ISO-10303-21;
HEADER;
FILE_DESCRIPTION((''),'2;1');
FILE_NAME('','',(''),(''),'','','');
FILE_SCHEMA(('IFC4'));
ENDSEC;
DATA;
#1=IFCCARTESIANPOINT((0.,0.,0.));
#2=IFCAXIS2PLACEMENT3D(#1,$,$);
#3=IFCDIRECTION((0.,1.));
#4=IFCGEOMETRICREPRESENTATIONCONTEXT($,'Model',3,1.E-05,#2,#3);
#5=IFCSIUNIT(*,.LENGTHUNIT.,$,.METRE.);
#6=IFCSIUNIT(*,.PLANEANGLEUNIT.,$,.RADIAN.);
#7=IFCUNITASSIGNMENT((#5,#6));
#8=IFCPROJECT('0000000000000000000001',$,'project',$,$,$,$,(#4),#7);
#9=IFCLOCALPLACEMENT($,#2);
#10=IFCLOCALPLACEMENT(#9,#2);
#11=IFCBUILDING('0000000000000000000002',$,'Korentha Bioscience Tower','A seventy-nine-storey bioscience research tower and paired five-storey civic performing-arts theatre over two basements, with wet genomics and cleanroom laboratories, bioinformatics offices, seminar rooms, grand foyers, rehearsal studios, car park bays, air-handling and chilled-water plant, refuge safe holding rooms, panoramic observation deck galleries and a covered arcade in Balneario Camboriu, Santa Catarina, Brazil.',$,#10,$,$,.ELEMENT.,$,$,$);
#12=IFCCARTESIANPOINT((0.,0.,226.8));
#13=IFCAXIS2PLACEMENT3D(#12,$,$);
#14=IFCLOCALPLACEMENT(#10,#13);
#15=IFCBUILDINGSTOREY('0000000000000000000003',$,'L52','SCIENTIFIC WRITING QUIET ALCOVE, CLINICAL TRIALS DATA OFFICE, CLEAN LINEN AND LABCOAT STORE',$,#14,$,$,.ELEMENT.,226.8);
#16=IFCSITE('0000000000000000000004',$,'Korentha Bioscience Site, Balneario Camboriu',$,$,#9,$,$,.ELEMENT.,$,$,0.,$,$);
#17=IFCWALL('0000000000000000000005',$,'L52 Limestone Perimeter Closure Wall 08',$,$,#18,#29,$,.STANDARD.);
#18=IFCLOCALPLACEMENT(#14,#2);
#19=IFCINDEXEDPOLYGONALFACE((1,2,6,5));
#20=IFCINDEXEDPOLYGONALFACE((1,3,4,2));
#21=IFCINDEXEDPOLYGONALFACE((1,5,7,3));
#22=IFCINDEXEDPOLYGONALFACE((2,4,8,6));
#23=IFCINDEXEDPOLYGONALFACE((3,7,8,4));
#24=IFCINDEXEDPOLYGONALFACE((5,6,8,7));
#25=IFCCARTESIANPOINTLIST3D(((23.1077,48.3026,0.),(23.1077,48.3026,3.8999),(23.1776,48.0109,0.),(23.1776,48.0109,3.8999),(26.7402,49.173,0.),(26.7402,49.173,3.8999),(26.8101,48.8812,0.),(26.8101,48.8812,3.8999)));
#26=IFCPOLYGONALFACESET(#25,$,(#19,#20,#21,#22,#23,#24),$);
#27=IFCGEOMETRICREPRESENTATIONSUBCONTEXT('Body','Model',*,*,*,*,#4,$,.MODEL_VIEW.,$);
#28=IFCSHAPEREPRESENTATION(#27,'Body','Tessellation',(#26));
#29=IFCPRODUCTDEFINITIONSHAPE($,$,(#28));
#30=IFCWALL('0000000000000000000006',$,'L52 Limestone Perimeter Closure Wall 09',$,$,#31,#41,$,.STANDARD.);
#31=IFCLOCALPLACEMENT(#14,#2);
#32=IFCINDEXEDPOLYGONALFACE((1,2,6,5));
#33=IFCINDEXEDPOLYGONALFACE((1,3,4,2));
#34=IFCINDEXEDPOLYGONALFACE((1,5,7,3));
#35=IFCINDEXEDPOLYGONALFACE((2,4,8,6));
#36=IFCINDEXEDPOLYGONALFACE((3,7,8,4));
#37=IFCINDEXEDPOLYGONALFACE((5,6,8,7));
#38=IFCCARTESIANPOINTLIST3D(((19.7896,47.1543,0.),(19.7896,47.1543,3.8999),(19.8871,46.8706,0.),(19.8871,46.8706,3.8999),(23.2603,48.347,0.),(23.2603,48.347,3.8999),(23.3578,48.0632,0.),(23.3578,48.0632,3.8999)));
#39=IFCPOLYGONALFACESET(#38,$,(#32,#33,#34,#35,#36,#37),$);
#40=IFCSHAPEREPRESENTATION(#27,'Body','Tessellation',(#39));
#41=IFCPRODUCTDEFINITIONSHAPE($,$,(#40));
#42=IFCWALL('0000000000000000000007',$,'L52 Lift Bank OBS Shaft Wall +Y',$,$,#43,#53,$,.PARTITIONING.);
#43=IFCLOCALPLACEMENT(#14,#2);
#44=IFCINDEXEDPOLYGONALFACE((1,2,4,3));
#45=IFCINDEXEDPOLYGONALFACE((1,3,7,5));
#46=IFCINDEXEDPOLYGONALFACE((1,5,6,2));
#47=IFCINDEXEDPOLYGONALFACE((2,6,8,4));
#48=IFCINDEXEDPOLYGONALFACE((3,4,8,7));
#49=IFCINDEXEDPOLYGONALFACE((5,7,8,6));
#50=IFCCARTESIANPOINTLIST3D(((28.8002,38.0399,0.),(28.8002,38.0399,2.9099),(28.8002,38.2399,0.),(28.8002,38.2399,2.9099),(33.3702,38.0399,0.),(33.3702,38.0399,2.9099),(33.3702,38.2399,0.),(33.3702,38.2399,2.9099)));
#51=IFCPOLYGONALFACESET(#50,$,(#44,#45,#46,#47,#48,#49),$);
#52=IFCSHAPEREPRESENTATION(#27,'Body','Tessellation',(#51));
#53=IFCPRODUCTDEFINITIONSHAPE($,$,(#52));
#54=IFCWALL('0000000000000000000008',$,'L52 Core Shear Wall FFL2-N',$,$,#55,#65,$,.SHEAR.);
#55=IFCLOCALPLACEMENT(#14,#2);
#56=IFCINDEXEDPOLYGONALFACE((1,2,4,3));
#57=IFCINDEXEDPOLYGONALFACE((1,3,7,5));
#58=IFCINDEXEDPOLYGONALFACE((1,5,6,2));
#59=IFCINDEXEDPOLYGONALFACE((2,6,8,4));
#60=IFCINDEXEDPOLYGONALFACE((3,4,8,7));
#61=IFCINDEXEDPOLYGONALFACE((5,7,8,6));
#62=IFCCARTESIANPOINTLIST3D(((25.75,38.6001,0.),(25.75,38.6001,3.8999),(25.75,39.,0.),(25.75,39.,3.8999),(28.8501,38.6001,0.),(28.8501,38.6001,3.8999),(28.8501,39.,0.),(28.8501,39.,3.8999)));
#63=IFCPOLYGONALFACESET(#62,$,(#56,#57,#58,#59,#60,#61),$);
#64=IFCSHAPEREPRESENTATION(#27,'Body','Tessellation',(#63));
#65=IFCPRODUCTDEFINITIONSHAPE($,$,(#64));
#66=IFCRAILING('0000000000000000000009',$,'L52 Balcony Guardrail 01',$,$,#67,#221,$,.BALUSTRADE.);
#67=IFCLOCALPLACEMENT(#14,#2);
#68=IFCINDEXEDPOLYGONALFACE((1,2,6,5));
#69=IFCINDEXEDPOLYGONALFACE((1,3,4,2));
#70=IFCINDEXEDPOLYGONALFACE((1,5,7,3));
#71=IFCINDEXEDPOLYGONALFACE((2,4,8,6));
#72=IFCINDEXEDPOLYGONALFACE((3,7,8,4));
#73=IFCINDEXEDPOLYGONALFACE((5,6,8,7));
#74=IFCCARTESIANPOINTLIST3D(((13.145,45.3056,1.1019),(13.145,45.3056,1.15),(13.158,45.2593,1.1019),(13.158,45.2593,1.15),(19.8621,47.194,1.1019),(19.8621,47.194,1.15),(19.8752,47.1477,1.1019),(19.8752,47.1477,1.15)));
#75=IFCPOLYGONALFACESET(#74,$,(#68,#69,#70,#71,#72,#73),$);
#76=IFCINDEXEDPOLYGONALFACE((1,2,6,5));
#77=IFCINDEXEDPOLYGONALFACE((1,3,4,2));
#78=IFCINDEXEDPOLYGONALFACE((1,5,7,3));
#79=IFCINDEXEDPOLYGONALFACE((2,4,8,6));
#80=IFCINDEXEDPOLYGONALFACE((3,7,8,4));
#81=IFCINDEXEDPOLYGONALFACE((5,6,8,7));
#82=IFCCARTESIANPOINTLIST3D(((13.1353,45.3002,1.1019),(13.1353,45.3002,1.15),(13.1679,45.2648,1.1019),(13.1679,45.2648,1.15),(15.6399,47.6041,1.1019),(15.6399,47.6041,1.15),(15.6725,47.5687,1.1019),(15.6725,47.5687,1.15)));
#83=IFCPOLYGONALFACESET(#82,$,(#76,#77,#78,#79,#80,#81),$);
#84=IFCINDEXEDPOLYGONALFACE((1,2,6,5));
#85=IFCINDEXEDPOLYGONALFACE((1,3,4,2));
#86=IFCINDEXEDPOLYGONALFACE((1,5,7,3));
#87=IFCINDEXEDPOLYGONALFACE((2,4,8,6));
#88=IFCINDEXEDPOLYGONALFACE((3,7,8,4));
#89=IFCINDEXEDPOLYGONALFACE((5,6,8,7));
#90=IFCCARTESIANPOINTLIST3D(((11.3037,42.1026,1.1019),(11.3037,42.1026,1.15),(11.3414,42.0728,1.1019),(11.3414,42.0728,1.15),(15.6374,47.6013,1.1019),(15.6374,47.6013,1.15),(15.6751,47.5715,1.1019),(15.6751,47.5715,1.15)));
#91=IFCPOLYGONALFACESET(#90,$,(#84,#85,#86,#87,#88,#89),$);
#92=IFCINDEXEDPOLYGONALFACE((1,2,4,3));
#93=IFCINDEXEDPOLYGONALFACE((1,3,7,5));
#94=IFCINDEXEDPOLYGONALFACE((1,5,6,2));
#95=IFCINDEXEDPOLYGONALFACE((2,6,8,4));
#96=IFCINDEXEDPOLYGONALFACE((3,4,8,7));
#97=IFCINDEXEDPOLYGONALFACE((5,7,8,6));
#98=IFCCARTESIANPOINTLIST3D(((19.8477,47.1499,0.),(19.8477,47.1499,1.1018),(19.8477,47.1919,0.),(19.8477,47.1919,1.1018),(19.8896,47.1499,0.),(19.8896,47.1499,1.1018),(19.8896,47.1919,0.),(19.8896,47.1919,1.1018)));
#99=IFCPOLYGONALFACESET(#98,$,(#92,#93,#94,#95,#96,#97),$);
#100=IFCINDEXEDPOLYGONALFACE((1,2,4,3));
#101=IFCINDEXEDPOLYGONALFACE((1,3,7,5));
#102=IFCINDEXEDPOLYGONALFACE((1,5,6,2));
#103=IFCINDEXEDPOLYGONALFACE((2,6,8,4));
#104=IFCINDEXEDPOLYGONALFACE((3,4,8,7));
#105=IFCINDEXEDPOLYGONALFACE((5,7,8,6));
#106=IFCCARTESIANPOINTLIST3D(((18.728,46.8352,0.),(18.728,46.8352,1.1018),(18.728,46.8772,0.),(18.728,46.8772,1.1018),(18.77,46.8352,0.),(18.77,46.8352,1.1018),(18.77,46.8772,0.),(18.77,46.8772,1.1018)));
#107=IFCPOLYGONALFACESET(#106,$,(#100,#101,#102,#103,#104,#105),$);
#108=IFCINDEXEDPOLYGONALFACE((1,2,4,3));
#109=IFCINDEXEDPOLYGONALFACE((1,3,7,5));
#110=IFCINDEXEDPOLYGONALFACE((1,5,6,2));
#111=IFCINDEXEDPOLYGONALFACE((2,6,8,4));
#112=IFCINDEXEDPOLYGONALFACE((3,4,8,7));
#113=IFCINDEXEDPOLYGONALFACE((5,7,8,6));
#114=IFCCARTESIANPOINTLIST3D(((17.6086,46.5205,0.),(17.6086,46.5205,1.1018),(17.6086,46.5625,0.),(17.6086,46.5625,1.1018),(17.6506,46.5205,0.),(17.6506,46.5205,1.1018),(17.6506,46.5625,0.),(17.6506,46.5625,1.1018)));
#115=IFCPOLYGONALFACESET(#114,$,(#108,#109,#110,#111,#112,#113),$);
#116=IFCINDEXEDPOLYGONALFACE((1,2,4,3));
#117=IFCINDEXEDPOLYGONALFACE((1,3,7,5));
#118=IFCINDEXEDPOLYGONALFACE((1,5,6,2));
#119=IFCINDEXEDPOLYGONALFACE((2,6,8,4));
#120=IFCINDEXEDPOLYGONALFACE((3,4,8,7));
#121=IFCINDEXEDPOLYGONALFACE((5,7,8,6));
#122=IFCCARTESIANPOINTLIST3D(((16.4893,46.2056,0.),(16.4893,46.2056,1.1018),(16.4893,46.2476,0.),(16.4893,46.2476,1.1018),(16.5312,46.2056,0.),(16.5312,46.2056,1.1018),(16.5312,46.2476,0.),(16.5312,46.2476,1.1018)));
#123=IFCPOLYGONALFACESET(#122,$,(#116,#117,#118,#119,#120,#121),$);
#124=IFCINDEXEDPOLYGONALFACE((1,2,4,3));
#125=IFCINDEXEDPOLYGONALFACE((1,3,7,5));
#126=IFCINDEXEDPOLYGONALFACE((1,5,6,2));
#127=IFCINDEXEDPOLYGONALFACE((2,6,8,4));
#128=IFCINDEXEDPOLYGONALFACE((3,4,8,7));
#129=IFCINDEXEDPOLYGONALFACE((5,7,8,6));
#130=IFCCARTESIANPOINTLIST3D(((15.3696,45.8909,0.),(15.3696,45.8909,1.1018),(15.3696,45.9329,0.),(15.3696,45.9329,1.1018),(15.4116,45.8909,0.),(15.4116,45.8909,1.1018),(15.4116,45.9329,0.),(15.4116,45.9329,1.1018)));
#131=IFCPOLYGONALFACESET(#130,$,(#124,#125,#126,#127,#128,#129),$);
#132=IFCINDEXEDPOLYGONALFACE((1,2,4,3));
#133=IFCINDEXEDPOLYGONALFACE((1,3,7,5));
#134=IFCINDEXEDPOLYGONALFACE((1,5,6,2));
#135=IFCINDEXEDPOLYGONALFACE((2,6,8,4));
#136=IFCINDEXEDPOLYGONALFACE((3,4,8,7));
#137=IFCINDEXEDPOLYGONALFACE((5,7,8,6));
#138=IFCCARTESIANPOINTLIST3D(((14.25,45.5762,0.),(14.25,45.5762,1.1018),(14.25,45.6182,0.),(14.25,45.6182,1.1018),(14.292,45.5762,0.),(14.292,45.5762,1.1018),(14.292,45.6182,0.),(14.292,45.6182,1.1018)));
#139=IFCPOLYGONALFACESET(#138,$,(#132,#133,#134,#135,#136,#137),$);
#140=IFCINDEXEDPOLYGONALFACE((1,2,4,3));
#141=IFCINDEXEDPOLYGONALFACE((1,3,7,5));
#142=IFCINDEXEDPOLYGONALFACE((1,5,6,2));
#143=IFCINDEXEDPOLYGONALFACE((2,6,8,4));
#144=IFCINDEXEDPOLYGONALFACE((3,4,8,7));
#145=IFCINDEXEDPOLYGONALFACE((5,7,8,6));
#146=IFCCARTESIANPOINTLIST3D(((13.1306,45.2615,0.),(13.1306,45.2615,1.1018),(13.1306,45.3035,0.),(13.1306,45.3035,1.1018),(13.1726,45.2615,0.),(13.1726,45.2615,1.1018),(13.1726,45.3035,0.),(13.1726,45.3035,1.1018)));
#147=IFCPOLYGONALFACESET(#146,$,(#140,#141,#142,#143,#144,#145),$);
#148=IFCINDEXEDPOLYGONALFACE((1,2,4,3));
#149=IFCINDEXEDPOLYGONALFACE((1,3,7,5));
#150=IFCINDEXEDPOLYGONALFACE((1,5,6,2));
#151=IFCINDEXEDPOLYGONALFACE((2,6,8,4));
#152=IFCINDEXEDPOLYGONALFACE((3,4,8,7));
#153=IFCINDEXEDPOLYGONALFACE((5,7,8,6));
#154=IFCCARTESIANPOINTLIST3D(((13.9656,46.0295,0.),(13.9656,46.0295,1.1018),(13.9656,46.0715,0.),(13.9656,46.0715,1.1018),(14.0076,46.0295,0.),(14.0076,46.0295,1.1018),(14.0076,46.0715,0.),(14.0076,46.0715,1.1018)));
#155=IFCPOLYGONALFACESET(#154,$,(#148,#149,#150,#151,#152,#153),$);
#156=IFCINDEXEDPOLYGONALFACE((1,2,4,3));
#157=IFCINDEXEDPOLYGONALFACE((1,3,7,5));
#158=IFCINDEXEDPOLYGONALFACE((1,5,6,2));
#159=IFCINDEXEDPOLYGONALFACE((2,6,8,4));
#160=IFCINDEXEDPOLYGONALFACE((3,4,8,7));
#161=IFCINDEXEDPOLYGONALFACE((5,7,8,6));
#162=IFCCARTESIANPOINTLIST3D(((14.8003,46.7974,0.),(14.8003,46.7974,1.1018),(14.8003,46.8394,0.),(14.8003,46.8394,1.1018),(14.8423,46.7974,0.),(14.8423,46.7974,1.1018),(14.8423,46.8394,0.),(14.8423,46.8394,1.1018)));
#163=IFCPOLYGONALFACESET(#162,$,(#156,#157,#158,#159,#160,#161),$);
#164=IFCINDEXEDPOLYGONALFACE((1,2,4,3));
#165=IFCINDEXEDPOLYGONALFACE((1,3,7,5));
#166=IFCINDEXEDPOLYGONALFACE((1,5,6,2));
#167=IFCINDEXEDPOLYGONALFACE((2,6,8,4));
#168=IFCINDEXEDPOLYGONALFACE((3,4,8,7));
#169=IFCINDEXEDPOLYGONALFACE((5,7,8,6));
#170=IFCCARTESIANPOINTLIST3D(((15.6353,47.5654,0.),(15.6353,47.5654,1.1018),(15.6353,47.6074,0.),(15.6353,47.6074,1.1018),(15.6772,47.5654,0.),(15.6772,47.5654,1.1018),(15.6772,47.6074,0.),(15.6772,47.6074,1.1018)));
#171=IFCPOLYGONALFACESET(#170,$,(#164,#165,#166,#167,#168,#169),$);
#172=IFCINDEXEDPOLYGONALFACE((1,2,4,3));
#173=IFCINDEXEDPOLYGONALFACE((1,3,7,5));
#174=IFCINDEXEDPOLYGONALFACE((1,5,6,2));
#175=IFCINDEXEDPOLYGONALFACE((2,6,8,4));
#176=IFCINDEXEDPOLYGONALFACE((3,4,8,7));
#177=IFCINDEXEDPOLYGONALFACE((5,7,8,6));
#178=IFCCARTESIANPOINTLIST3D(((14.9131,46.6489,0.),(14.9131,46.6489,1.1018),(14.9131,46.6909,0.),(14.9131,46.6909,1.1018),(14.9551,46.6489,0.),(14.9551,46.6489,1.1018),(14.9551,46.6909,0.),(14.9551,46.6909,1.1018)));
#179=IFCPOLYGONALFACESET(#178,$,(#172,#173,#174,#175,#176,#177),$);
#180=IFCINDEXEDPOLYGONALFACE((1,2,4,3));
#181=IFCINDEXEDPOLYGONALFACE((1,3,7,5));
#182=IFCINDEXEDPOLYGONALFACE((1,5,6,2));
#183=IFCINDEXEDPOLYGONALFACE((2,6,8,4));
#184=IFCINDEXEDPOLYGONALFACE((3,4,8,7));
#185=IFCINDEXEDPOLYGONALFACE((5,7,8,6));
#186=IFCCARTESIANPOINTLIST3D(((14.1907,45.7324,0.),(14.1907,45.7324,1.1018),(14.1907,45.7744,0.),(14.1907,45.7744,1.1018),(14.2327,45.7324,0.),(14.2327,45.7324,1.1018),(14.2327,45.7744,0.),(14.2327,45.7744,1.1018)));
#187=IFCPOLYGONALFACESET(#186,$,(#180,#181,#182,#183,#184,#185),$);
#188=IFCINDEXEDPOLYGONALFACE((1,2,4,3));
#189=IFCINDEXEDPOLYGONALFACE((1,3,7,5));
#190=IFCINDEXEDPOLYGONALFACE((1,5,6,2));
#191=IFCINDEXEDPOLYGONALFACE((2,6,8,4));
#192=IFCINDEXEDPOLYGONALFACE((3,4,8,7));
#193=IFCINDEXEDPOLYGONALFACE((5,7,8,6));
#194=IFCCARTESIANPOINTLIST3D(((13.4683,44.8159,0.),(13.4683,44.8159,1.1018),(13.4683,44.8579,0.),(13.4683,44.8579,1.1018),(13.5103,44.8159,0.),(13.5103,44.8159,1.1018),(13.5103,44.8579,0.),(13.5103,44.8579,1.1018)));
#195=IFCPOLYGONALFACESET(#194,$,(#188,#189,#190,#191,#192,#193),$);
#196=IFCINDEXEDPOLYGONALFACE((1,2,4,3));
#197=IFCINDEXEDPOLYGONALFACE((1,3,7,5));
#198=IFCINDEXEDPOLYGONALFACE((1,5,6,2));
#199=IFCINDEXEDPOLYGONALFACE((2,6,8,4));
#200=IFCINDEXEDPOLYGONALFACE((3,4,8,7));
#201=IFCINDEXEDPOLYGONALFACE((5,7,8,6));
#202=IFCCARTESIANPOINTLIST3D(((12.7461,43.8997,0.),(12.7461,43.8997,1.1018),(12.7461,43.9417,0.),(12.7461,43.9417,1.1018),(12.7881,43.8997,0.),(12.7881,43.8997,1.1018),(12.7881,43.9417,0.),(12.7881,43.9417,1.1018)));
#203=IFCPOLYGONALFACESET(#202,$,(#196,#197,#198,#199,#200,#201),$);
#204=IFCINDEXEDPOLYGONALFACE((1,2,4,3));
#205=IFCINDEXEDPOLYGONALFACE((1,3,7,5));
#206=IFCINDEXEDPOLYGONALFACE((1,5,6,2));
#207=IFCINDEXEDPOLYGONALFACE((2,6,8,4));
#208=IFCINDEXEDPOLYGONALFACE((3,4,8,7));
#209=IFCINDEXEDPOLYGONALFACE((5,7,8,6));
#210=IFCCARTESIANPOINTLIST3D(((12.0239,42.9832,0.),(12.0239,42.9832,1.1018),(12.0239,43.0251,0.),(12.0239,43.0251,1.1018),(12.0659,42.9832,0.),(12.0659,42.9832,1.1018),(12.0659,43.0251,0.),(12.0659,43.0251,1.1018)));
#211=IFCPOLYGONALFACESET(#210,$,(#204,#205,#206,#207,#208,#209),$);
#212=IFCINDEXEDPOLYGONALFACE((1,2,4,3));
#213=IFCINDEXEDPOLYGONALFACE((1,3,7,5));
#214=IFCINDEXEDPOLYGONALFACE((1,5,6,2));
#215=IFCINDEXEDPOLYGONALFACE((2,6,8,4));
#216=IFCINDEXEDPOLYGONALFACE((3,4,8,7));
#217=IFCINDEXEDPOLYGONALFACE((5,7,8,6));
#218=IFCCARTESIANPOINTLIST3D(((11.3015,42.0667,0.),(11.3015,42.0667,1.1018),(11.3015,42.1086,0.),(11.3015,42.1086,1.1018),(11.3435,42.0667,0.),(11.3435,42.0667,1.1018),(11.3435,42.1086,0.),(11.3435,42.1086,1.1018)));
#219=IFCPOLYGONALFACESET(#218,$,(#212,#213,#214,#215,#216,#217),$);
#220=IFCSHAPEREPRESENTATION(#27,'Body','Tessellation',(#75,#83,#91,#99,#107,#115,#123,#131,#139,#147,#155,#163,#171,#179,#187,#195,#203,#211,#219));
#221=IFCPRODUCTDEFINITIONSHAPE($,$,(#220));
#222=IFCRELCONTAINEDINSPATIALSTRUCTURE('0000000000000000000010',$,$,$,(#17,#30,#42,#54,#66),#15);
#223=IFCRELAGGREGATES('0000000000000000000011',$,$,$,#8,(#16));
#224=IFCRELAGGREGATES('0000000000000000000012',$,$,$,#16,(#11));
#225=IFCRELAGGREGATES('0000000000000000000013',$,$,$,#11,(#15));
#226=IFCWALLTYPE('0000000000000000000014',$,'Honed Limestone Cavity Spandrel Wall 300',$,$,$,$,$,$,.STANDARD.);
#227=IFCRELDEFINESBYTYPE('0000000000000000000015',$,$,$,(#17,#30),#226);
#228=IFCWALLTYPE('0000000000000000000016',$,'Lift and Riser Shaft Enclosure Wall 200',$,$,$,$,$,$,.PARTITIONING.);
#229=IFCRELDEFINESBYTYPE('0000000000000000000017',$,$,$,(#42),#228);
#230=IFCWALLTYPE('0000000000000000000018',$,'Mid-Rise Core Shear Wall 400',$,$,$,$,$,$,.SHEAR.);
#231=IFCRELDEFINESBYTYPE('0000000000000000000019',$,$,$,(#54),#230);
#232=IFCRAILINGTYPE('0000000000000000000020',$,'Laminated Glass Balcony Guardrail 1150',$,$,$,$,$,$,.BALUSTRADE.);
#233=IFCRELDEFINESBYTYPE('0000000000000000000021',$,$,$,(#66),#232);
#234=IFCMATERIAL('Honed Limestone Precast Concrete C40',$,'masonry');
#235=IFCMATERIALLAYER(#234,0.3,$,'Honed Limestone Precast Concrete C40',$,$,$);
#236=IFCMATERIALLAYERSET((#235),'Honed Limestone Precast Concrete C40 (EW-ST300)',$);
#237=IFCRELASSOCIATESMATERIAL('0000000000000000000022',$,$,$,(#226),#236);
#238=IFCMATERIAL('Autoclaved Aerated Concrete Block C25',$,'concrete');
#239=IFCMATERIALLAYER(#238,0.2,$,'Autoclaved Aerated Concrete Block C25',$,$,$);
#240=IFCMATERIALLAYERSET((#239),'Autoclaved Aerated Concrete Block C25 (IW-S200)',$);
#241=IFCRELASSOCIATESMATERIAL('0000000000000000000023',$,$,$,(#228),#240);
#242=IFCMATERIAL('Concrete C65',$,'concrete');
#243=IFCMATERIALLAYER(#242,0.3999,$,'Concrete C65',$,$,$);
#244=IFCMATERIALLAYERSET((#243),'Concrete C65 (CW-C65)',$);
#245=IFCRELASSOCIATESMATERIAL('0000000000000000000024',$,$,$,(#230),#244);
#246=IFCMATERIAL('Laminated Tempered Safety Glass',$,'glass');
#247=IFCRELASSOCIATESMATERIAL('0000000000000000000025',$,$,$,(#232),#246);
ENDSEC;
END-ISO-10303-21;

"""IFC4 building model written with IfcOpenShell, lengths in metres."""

from ifc_helpers import new_model, si_unit, direction, frame, frame_2d, origin, origin_2d, place, context, subcontext, project, spatial, rectangle, extrude, material, layer, layer_set, type_object, element, save


model = new_model("IFC4")

# Units and contexts
model_context = context("Model", 3, precision=1e-05, world=origin(), true_north=direction((0.0, 1.0)))
body_context = subcontext(model_context, "Body", "Model", "MODEL_VIEW")
ifc_project = project(units=[si_unit("LENGTHUNIT", "METRE"), si_unit("PLANEANGLEUNIT", "RADIAN")], contexts=[model_context])

# Site, building, storey
site_placement = place(None, origin())
site = spatial("IfcSite", under=ifc_project, at=site_placement, Name="Korentha Bioscience Site, Balneario Camboriu", CompositionType="ELEMENT", RefElevation=0.0)
building_placement = place(site_placement, origin())
building = spatial("IfcBuilding", under=site, at=building_placement, Name="Korentha Bioscience Tower", Description="A seventy-nine-storey bioscience research tower and paired five-storey civic performing-arts theatre over two basements, with wet genomics and cleanroom laboratories, bioinformatics offices, seminar rooms, grand foyers, rehearsal studios, car park bays, air-handling and chilled-water plant, refuge safe holding rooms, panoramic observation deck galleries and a covered arcade in Balneario Camboriu, Santa Catarina, Brazil.", CompositionType="ELEMENT")
storey_placement = place(building_placement, frame((0.0, 0.0, 226.8)))
storey = spatial("IfcBuildingStorey", under=building, at=storey_placement, Name="L52", Description="SCIENTIFIC WRITING QUIET ALCOVE, CLINICAL TRIALS DATA OFFICE, CLEAN LINEN AND LABCOAT STORE", CompositionType="ELEMENT", Elevation=226.8)

# Shared definitions
ifc_material_1 = material(Name="Concrete C65", Category="concrete")

# Shared definitions
ifc_material_2 = material(Name="Honed Limestone Precast Concrete C40", Category="masonry")
ifc_layer_1 = layer(ifc_material_2, 0.3, Name="Honed Limestone Precast Concrete C40")
ifc_layer_set_1 = layer_set([ifc_layer_1], Name="Honed Limestone Precast Concrete C40 (EW-ST300)")
wall_type_1 = type_object("IfcWallType", Name="Honed Limestone Cavity Spandrel Wall 300", PredefinedType="STANDARD", material=ifc_layer_set_1)

# Walls
wall_1_placement = place(storey_placement, frame((26.7751, 49.0271, 0.0), z_axis=(0.0, 0.0, 1.0), x_axis=(-0.972476, -0.233005, 0.0)))
element("IfcWall", 1, at=wall_1_placement, inside=storey, type_object=wall_type_1, Name="L52 Limestone Perimeter Closure Wall 08", PredefinedType="STANDARD", context=body_context, shape_type="SweptSolid", body=[
    extrude(rectangle(XDim=3.7354, YDim=0.3, at=frame_2d((1.8677, 0.0))), origin(), (0.0, 0.0, 1.0), 3.8999),
])
wall_2_placement = place(storey_placement, frame((23.3091, 48.2051, 0.0), z_axis=(0.0, 0.0, 1.0), x_axis=(-0.945722, -0.324976, 0.0)))
element("IfcWall", 2, at=wall_2_placement, inside=storey, type_object=wall_type_1, Name="L52 Limestone Perimeter Closure Wall 09", PredefinedType="STANDARD", context=body_context, shape_type="SweptSolid", body=[
    extrude(rectangle(XDim=3.6699, YDim=0.3, at=frame_2d((1.835, 0.0))), origin(), (0.0, 0.0, 1.0), 3.8999),
])
ifc_material_3 = material(Name="Autoclaved Aerated Concrete Block C25", Category="concrete")
ifc_layer_2 = layer(ifc_material_3, 0.2, Name="Autoclaved Aerated Concrete Block C25")
ifc_layer_set_2 = layer_set([ifc_layer_2], Name="Autoclaved Aerated Concrete Block C25 (IW-S200)")
wall_type_2 = type_object("IfcWallType", Name="Lift and Riser Shaft Enclosure Wall 200", PredefinedType="PARTITIONING", material=ifc_layer_set_2)
wall_3_placement = place(storey_placement, frame((28.8, 38.1399, 0.0), z_axis=(0.0, 0.0, 1.0), x_axis=(1.0, 0.0, 0.0)))
element("IfcWall", 3, at=wall_3_placement, inside=storey, type_object=wall_type_2, Name="L52 Lift Bank OBS Shaft Wall +Y", PredefinedType="PARTITIONING", context=body_context, shape_type="SweptSolid", body=[
    extrude(rectangle(XDim=4.5701, YDim=0.2, at=frame_2d((2.2852, 0.0))), origin(), (0.0, 0.0, 1.0), 2.9099),
])
ifc_layer_3 = layer(ifc_material_1, 0.3999, Name="Concrete C65")
ifc_layer_set_3 = layer_set([ifc_layer_3], Name="Concrete C65 (CW-C65)")
wall_type_3 = type_object("IfcWallType", Name="Mid-Rise Core Shear Wall 400", PredefinedType="SHEAR", material=ifc_layer_set_3)
wall_4_placement = place(storey_placement, frame((25.75, 38.8, 0.0), z_axis=(0.0, 0.0, 1.0), x_axis=(1.0, 0.0, 0.0)))
element("IfcWall", 4, at=wall_4_placement, inside=storey, type_object=wall_type_3, Name="L52 Core Shear Wall FFL2-N", PredefinedType="SHEAR", context=body_context, shape_type="SweptSolid", body=[
    extrude(rectangle(XDim=3.1001, YDim=0.3999, at=frame_2d((1.55, 0.0))), origin(), (0.0, 0.0, 1.0), 3.8999),
])

# Railing
ifc_material_4 = material(Name="Laminated Tempered Safety Glass", Category="glass")
railing_type = type_object("IfcRailingType", Name="Laminated Glass Balcony Guardrail 1150", PredefinedType="BALUSTRADE", material=ifc_material_4)
railing_placement = place(storey_placement, frame((19.8687, 47.1709, 0.0)))
element("IfcRailing", 5, at=railing_placement, inside=storey, type_object=railing_type, Name="L52 Balcony Guardrail 01", PredefinedType="BALUSTRADE", context=body_context, shape_type="SweptSolid", body=[
    extrude(rectangle(XDim=0.0481, YDim=0.0481, at=origin_2d()), frame((0.0, 0.0, 1.126), z_axis=(-0.962679, -0.270647, 0.0), x_axis=(0.270647, -0.962679, 0.0)), (0.0, 0.0, 1.0), 6.9775),
    extrude(rectangle(XDim=0.0481, YDim=0.0481, at=origin_2d()), frame((-6.717, -1.8884, 1.126), z_axis=(0.735977, 0.677007, 0.0), x_axis=(-0.677007, 0.735977, 0.0)), (0.0, 0.0, 1.0), 3.4031),
    extrude(rectangle(XDim=0.0481, YDim=0.0481, at=origin_2d()), frame((-4.2124, 0.4155, 1.126), z_axis=(-0.618993, -0.785397, 0.0), x_axis=(0.785397, -0.618993, 0.0)), (0.0, 0.0, 1.0), 7.0012),
    extrude(rectangle(XDim=0.042, YDim=0.042, at=origin_2d()), origin(), (0.0, 0.0, 1.0), 1.1018),
    extrude(rectangle(XDim=0.042, YDim=0.042, at=origin_2d()), frame((-1.1196, -0.3147, 0.0)), (0.0, 0.0, 1.0), 1.1018),
    extrude(rectangle(XDim=0.042, YDim=0.042, at=origin_2d()), frame((-2.239, -0.6294, 0.0)), (0.0, 0.0, 1.0), 1.1018),
    extrude(rectangle(XDim=0.042, YDim=0.042, at=origin_2d()), frame((-3.3584, -0.9443, 0.0)), (0.0, 0.0, 1.0), 1.1018),
    extrude(rectangle(XDim=0.042, YDim=0.042, at=origin_2d()), frame((-4.478, -1.259, 0.0)), (0.0, 0.0, 1.0), 1.1018),
    extrude(rectangle(XDim=0.042, YDim=0.042, at=origin_2d()), frame((-5.5977, -1.5737, 0.0)), (0.0, 0.0, 1.0), 1.1018),
    extrude(rectangle(XDim=0.042, YDim=0.042, at=origin_2d()), frame((-6.717, -1.8884, 0.0)), (0.0, 0.0, 1.0), 1.1018),
    extrude(rectangle(XDim=0.042, YDim=0.042, at=origin_2d()), frame((-5.8821, -1.1204, 0.0)), (0.0, 0.0, 1.0), 1.1018),
    extrude(rectangle(XDim=0.042, YDim=0.042, at=origin_2d()), frame((-5.0474, -0.3525, 0.0)), (0.0, 0.0, 1.0), 1.1018),
    extrude(rectangle(XDim=0.042, YDim=0.042, at=origin_2d()), frame((-4.2124, 0.4155, 0.0)), (0.0, 0.0, 1.0), 1.1018),
    extrude(rectangle(XDim=0.042, YDim=0.042, at=origin_2d()), frame((-4.9346, -0.501, 0.0)), (0.0, 0.0, 1.0), 1.1018),
    extrude(rectangle(XDim=0.042, YDim=0.042, at=origin_2d()), frame((-5.657, -1.4175, 0.0)), (0.0, 0.0, 1.0), 1.1018),
    extrude(rectangle(XDim=0.042, YDim=0.042, at=origin_2d()), frame((-6.3794, -2.334, 0.0)), (0.0, 0.0, 1.0), 1.1018),
    extrude(rectangle(XDim=0.042, YDim=0.042, at=origin_2d()), frame((-7.1016, -3.2502, 0.0)), (0.0, 0.0, 1.0), 1.1018),
    extrude(rectangle(XDim=0.042, YDim=0.042, at=origin_2d()), frame((-7.8237, -4.1667, 0.0)), (0.0, 0.0, 1.0), 1.1018),
    extrude(rectangle(XDim=0.042, YDim=0.042, at=origin_2d()), frame((-8.5461, -5.0833, 0.0)), (0.0, 0.0, 1.0), 1.1018),
])

save(model, "model.ifc")
